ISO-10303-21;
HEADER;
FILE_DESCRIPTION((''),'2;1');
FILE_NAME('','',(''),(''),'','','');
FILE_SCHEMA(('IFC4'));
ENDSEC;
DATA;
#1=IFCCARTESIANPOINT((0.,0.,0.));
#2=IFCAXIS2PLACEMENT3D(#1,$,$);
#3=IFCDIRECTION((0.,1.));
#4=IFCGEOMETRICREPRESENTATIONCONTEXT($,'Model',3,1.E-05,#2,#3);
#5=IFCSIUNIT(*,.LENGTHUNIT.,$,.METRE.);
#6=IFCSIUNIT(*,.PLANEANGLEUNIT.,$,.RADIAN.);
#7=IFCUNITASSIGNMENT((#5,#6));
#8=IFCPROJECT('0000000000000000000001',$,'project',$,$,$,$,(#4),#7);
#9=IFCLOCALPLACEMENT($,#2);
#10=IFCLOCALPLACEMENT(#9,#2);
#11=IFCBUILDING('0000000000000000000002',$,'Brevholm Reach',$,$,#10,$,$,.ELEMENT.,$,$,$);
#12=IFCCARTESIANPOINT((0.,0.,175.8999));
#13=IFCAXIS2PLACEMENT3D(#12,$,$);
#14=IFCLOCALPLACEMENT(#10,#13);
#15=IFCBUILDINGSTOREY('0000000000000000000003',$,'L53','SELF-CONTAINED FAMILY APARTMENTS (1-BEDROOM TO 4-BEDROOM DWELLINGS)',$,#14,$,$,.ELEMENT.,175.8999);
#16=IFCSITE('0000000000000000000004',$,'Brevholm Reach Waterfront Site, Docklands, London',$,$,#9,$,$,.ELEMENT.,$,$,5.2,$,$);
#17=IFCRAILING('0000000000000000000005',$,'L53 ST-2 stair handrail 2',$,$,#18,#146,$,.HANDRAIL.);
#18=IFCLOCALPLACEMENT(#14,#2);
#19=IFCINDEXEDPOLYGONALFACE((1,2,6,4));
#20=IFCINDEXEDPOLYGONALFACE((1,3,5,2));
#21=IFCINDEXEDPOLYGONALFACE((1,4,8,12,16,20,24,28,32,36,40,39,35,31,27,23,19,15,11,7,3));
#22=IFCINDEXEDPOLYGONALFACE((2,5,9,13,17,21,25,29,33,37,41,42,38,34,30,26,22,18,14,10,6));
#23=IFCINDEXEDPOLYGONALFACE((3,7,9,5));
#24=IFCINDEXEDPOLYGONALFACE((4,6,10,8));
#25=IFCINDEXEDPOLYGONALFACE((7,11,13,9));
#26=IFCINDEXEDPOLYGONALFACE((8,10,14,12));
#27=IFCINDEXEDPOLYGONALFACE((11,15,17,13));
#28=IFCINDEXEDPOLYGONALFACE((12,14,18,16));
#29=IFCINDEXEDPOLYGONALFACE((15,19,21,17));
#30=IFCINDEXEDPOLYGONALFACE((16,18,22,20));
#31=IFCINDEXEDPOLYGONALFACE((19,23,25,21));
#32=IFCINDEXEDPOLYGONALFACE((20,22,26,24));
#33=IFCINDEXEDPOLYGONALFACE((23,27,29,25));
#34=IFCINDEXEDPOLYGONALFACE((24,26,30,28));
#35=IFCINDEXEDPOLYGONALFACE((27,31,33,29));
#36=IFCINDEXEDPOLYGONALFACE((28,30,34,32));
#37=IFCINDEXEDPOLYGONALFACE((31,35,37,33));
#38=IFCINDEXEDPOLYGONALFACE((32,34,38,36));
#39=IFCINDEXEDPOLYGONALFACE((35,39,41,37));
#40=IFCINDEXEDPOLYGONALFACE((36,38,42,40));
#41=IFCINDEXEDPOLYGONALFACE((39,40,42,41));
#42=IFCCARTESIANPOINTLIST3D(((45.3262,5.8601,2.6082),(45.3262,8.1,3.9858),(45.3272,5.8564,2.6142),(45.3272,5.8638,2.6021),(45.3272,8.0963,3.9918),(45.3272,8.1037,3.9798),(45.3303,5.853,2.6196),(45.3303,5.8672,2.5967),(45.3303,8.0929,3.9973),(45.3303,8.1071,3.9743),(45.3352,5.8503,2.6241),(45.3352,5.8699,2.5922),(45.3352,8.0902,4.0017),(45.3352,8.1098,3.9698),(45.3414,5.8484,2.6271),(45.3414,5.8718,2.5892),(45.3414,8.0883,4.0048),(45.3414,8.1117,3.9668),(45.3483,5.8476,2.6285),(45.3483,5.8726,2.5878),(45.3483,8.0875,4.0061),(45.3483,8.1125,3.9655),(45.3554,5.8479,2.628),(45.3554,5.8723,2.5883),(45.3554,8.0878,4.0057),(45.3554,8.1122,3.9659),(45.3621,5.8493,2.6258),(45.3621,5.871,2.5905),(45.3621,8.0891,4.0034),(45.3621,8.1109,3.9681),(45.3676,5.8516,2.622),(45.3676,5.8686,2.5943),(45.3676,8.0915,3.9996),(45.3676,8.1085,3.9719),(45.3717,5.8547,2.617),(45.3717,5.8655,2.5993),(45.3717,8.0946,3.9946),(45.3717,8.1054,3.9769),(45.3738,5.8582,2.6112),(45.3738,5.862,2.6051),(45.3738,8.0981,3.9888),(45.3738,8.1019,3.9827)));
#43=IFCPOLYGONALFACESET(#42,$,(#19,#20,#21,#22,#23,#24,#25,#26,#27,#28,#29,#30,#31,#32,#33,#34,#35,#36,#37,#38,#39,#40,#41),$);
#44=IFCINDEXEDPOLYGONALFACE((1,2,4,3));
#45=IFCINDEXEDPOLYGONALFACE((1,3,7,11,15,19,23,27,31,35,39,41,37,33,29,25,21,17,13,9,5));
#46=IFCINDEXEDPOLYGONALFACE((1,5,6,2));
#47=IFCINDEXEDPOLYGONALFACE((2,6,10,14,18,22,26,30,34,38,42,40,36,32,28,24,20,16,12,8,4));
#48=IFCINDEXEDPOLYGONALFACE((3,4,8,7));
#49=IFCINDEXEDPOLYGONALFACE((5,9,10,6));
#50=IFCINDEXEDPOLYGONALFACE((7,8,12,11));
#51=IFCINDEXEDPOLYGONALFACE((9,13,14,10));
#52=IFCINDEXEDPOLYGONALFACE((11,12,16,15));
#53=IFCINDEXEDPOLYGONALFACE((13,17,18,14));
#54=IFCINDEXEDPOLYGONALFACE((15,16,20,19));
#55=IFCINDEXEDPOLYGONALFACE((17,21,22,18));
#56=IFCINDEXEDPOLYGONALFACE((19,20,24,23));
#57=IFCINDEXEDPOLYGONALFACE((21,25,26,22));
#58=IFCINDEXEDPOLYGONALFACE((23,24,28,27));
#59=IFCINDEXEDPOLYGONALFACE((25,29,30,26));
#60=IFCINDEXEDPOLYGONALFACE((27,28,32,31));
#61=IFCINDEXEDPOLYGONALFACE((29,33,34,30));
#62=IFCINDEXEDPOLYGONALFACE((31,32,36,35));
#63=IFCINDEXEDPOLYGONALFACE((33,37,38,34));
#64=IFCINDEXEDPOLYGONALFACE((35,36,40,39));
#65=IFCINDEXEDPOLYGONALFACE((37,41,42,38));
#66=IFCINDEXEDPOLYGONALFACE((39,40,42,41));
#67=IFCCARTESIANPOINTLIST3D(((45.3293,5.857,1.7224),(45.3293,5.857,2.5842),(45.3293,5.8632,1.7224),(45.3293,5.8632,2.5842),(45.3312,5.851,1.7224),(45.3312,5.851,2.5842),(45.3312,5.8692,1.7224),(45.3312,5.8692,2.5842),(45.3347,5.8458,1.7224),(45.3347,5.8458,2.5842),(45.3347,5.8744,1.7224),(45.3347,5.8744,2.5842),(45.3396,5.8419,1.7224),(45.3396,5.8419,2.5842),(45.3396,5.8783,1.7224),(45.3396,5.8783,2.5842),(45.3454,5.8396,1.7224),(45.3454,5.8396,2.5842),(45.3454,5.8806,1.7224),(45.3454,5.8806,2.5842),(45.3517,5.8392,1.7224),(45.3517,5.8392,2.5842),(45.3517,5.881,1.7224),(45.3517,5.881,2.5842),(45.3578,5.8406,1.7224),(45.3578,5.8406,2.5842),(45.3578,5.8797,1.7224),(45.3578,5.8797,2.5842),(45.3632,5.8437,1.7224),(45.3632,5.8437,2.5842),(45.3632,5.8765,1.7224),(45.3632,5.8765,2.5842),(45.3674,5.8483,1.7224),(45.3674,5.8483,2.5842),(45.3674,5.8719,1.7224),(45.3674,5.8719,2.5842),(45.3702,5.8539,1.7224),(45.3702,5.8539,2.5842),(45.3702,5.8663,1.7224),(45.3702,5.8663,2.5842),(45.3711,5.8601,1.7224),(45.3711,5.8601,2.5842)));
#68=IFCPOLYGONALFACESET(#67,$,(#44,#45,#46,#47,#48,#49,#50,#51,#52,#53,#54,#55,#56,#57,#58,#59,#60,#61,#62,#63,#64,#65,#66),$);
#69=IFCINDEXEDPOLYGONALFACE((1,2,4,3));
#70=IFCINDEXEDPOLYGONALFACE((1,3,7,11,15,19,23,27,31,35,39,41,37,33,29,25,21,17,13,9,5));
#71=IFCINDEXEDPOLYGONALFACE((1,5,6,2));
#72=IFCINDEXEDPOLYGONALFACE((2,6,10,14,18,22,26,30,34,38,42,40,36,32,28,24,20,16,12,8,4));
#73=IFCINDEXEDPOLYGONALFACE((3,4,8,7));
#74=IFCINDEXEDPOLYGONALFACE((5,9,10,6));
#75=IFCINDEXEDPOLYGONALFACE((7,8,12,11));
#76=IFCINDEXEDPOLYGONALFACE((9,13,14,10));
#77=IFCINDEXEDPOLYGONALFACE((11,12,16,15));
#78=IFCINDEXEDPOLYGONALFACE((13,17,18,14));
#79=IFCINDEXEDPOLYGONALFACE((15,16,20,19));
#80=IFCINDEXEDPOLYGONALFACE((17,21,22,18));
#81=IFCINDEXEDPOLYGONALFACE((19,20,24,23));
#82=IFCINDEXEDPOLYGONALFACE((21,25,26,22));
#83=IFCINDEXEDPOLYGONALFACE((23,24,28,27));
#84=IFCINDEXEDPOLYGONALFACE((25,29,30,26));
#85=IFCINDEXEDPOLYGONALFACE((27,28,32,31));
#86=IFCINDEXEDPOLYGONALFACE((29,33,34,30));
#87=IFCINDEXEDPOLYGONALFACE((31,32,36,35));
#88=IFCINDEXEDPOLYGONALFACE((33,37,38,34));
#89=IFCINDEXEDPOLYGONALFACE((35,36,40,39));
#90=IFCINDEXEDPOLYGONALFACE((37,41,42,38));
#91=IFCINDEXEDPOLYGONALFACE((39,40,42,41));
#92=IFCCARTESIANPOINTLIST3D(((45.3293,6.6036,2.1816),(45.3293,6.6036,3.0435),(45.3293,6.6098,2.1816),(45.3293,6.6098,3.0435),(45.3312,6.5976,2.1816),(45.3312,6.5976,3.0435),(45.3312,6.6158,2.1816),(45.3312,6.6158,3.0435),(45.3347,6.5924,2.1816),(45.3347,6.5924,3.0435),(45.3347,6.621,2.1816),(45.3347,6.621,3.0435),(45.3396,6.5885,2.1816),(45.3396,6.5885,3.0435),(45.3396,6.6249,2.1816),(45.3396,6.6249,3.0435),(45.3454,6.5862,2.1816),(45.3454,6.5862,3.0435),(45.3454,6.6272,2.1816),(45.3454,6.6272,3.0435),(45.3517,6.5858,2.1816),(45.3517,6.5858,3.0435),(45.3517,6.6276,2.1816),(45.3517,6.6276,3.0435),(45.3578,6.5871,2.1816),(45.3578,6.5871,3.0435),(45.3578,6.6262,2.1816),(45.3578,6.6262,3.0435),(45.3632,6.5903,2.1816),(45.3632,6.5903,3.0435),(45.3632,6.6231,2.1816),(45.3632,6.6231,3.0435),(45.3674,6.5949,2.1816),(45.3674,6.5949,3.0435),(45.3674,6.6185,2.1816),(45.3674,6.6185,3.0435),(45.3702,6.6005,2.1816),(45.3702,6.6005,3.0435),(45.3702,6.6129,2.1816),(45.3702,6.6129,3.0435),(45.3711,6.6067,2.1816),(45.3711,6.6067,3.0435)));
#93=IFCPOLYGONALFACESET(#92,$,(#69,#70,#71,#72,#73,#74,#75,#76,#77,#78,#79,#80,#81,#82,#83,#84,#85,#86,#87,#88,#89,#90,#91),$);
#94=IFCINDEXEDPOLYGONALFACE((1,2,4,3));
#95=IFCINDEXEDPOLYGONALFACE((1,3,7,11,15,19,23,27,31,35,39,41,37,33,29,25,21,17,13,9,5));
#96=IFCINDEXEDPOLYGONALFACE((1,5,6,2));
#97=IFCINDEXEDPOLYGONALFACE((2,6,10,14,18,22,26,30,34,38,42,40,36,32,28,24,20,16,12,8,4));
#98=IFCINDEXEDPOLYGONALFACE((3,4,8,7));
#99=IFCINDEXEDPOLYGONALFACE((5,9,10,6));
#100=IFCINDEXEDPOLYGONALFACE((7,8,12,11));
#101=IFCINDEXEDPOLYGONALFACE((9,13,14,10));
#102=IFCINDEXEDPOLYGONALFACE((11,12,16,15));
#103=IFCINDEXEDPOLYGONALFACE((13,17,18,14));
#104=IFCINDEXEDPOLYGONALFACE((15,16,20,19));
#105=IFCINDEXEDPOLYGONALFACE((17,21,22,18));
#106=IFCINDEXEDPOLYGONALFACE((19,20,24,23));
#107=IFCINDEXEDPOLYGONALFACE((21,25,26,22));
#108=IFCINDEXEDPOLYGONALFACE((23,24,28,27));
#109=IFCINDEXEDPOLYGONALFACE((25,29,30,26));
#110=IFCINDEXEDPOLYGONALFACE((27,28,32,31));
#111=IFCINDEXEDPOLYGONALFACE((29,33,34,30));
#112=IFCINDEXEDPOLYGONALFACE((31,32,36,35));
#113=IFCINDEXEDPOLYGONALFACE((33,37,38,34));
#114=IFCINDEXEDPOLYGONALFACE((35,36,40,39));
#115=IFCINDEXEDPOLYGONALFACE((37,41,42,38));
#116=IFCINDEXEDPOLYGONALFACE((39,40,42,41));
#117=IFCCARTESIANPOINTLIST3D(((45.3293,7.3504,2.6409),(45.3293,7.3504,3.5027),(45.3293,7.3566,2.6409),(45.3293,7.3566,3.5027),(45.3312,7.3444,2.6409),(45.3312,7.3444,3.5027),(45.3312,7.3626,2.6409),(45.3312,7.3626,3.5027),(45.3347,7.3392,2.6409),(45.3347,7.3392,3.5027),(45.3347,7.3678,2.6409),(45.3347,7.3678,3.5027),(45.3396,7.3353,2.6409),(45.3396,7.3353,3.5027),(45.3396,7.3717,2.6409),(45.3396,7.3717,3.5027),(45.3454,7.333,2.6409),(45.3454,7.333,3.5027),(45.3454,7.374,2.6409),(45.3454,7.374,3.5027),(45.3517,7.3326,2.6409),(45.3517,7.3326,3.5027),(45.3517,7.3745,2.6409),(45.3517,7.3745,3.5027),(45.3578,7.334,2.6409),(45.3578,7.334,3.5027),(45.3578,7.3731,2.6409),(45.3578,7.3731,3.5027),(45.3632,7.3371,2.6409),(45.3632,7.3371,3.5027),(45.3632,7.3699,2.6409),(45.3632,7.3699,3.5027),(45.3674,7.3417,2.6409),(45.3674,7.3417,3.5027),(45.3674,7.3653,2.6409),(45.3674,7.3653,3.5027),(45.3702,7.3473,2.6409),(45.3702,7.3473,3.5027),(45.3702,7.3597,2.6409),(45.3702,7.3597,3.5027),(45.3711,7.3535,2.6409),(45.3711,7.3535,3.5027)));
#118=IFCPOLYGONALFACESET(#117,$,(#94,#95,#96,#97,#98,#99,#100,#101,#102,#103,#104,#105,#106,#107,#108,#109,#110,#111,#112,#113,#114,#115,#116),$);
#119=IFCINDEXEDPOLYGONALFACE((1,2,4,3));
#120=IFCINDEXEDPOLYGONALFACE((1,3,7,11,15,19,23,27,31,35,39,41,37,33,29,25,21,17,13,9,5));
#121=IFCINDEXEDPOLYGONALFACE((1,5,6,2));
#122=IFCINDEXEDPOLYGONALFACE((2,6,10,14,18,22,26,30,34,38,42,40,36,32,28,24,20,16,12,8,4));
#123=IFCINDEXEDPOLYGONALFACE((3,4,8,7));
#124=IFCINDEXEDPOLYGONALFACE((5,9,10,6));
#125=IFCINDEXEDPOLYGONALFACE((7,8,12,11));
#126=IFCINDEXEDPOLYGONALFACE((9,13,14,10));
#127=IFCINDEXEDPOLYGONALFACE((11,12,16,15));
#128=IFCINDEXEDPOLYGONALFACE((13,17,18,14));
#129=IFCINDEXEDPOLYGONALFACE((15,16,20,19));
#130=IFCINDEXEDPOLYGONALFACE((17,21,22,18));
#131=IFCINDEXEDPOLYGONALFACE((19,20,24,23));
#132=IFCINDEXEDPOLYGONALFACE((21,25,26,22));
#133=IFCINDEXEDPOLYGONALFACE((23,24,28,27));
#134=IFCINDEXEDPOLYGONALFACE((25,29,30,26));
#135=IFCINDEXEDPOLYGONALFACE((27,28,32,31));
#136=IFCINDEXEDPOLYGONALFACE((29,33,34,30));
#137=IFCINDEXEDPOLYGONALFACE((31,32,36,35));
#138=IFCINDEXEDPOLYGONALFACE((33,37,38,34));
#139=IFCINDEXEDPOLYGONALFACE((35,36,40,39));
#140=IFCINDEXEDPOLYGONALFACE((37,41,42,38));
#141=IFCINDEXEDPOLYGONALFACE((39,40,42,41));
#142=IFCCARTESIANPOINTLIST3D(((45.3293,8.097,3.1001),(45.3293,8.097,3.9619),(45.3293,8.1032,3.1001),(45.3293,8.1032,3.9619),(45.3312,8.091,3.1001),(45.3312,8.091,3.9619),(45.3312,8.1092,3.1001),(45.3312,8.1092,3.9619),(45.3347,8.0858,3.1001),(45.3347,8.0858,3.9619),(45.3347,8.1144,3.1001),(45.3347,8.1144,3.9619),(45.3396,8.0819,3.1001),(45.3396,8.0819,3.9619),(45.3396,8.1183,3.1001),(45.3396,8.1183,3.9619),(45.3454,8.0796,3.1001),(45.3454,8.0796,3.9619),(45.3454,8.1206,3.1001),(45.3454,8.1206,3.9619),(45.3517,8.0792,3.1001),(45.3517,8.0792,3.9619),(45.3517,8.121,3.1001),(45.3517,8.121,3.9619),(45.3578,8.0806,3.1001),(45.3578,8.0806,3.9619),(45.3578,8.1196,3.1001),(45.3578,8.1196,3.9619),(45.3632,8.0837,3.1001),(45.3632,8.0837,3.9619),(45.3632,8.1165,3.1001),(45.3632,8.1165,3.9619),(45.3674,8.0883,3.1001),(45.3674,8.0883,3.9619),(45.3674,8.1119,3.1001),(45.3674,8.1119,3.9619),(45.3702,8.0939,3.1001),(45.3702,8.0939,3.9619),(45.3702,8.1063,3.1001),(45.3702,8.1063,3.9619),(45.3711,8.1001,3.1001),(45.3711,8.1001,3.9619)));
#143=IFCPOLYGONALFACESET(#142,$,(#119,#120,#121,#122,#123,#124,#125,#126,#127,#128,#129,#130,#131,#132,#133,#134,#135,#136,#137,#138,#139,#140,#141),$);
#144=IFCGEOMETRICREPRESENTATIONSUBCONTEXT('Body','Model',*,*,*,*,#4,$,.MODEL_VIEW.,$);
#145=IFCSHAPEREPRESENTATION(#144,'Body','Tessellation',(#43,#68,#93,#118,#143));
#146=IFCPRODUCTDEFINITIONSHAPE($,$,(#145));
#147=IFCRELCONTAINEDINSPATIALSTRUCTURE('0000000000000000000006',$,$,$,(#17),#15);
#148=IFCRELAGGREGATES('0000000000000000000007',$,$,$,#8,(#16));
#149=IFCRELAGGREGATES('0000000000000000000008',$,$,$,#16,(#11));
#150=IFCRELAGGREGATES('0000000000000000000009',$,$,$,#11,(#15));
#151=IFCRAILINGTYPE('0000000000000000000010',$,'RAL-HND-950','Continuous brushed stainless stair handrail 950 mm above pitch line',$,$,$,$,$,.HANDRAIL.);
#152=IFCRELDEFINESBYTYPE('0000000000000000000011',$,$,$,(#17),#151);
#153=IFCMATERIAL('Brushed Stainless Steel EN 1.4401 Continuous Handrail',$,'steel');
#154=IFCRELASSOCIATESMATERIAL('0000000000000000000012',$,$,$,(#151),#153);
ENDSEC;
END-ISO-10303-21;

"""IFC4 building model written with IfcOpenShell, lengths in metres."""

from ifc_helpers import new_model, si_unit, direction, frame, origin, origin_2d, place, context, subcontext, project, spatial, circle, extrude, material, type_object, element, save


model = new_model("IFC4")

# Units and contexts
model_context = context("Model", 3, precision=1e-05, world=origin(), true_north=direction((0.0, 1.0)))
body_context = subcontext(model_context, "Body", "Model", "MODEL_VIEW")
ifc_project = project(units=[si_unit("LENGTHUNIT", "METRE"), si_unit("PLANEANGLEUNIT", "RADIAN")], contexts=[model_context])

# Site, building, storey
site_placement = place(None, origin())
site = spatial("IfcSite", under=ifc_project, at=site_placement, Name="Brevholm Reach Waterfront Site, Docklands, London", CompositionType="ELEMENT", RefElevation=5.2)
building_placement = place(site_placement, origin())
building = spatial("IfcBuilding", under=site, at=building_placement, Name="Brevholm Reach", CompositionType="ELEMENT")
storey_placement = place(building_placement, frame((0.0, 0.0, 175.8999)))
storey = spatial("IfcBuildingStorey", under=building, at=storey_placement, Name="L53", Description="SELF-CONTAINED FAMILY APARTMENTS (1-BEDROOM TO 4-BEDROOM DWELLINGS)", CompositionType="ELEMENT", Elevation=175.8999)

# Railing
ifc_material_1 = material(Name="Brushed Stainless Steel EN 1.4401 Continuous Handrail", Category="steel")
railing_type = type_object("IfcRailingType", Name="RAL-HND-950", Description="Continuous brushed stainless stair handrail 950 mm above pitch line", PredefinedType="HANDRAIL", material=ifc_material_1)
railing_placement = place(storey_placement, frame((45.3501, 5.8601, 1.7224)))
element("IfcRailing", 1, at=railing_placement, inside=storey, type_object=railing_type, Name="L53 ST-2 stair handrail 2", PredefinedType="HANDRAIL", context=body_context, shape_type="SweptSolid", body=[
    extrude(circle(Radius=0.0239, at=origin_2d()), frame((0.0, 0.0, 0.8857), z_axis=(0.0, 0.851789, 0.523885), x_axis=(-1.0, 0.0, 0.0)), (0.0, 0.0, 1.0), 2.6296),
    extrude(circle(Radius=0.021, at=origin_2d()), origin(), (0.0, 0.0, 1.0), 0.8618),
    extrude(circle(Radius=0.021, at=origin_2d()), frame((0.0, 0.7466, 0.4592)), (0.0, 0.0, 1.0), 0.8618),
    extrude(circle(Radius=0.021, at=origin_2d()), frame((0.0, 1.4934, 0.9185)), (0.0, 0.0, 1.0), 0.8618),
    extrude(circle(Radius=0.021, at=origin_2d()), frame((0.0, 2.24, 1.3777)), (0.0, 0.0, 1.0), 0.8618),
])

save(model, "model.ifc")
